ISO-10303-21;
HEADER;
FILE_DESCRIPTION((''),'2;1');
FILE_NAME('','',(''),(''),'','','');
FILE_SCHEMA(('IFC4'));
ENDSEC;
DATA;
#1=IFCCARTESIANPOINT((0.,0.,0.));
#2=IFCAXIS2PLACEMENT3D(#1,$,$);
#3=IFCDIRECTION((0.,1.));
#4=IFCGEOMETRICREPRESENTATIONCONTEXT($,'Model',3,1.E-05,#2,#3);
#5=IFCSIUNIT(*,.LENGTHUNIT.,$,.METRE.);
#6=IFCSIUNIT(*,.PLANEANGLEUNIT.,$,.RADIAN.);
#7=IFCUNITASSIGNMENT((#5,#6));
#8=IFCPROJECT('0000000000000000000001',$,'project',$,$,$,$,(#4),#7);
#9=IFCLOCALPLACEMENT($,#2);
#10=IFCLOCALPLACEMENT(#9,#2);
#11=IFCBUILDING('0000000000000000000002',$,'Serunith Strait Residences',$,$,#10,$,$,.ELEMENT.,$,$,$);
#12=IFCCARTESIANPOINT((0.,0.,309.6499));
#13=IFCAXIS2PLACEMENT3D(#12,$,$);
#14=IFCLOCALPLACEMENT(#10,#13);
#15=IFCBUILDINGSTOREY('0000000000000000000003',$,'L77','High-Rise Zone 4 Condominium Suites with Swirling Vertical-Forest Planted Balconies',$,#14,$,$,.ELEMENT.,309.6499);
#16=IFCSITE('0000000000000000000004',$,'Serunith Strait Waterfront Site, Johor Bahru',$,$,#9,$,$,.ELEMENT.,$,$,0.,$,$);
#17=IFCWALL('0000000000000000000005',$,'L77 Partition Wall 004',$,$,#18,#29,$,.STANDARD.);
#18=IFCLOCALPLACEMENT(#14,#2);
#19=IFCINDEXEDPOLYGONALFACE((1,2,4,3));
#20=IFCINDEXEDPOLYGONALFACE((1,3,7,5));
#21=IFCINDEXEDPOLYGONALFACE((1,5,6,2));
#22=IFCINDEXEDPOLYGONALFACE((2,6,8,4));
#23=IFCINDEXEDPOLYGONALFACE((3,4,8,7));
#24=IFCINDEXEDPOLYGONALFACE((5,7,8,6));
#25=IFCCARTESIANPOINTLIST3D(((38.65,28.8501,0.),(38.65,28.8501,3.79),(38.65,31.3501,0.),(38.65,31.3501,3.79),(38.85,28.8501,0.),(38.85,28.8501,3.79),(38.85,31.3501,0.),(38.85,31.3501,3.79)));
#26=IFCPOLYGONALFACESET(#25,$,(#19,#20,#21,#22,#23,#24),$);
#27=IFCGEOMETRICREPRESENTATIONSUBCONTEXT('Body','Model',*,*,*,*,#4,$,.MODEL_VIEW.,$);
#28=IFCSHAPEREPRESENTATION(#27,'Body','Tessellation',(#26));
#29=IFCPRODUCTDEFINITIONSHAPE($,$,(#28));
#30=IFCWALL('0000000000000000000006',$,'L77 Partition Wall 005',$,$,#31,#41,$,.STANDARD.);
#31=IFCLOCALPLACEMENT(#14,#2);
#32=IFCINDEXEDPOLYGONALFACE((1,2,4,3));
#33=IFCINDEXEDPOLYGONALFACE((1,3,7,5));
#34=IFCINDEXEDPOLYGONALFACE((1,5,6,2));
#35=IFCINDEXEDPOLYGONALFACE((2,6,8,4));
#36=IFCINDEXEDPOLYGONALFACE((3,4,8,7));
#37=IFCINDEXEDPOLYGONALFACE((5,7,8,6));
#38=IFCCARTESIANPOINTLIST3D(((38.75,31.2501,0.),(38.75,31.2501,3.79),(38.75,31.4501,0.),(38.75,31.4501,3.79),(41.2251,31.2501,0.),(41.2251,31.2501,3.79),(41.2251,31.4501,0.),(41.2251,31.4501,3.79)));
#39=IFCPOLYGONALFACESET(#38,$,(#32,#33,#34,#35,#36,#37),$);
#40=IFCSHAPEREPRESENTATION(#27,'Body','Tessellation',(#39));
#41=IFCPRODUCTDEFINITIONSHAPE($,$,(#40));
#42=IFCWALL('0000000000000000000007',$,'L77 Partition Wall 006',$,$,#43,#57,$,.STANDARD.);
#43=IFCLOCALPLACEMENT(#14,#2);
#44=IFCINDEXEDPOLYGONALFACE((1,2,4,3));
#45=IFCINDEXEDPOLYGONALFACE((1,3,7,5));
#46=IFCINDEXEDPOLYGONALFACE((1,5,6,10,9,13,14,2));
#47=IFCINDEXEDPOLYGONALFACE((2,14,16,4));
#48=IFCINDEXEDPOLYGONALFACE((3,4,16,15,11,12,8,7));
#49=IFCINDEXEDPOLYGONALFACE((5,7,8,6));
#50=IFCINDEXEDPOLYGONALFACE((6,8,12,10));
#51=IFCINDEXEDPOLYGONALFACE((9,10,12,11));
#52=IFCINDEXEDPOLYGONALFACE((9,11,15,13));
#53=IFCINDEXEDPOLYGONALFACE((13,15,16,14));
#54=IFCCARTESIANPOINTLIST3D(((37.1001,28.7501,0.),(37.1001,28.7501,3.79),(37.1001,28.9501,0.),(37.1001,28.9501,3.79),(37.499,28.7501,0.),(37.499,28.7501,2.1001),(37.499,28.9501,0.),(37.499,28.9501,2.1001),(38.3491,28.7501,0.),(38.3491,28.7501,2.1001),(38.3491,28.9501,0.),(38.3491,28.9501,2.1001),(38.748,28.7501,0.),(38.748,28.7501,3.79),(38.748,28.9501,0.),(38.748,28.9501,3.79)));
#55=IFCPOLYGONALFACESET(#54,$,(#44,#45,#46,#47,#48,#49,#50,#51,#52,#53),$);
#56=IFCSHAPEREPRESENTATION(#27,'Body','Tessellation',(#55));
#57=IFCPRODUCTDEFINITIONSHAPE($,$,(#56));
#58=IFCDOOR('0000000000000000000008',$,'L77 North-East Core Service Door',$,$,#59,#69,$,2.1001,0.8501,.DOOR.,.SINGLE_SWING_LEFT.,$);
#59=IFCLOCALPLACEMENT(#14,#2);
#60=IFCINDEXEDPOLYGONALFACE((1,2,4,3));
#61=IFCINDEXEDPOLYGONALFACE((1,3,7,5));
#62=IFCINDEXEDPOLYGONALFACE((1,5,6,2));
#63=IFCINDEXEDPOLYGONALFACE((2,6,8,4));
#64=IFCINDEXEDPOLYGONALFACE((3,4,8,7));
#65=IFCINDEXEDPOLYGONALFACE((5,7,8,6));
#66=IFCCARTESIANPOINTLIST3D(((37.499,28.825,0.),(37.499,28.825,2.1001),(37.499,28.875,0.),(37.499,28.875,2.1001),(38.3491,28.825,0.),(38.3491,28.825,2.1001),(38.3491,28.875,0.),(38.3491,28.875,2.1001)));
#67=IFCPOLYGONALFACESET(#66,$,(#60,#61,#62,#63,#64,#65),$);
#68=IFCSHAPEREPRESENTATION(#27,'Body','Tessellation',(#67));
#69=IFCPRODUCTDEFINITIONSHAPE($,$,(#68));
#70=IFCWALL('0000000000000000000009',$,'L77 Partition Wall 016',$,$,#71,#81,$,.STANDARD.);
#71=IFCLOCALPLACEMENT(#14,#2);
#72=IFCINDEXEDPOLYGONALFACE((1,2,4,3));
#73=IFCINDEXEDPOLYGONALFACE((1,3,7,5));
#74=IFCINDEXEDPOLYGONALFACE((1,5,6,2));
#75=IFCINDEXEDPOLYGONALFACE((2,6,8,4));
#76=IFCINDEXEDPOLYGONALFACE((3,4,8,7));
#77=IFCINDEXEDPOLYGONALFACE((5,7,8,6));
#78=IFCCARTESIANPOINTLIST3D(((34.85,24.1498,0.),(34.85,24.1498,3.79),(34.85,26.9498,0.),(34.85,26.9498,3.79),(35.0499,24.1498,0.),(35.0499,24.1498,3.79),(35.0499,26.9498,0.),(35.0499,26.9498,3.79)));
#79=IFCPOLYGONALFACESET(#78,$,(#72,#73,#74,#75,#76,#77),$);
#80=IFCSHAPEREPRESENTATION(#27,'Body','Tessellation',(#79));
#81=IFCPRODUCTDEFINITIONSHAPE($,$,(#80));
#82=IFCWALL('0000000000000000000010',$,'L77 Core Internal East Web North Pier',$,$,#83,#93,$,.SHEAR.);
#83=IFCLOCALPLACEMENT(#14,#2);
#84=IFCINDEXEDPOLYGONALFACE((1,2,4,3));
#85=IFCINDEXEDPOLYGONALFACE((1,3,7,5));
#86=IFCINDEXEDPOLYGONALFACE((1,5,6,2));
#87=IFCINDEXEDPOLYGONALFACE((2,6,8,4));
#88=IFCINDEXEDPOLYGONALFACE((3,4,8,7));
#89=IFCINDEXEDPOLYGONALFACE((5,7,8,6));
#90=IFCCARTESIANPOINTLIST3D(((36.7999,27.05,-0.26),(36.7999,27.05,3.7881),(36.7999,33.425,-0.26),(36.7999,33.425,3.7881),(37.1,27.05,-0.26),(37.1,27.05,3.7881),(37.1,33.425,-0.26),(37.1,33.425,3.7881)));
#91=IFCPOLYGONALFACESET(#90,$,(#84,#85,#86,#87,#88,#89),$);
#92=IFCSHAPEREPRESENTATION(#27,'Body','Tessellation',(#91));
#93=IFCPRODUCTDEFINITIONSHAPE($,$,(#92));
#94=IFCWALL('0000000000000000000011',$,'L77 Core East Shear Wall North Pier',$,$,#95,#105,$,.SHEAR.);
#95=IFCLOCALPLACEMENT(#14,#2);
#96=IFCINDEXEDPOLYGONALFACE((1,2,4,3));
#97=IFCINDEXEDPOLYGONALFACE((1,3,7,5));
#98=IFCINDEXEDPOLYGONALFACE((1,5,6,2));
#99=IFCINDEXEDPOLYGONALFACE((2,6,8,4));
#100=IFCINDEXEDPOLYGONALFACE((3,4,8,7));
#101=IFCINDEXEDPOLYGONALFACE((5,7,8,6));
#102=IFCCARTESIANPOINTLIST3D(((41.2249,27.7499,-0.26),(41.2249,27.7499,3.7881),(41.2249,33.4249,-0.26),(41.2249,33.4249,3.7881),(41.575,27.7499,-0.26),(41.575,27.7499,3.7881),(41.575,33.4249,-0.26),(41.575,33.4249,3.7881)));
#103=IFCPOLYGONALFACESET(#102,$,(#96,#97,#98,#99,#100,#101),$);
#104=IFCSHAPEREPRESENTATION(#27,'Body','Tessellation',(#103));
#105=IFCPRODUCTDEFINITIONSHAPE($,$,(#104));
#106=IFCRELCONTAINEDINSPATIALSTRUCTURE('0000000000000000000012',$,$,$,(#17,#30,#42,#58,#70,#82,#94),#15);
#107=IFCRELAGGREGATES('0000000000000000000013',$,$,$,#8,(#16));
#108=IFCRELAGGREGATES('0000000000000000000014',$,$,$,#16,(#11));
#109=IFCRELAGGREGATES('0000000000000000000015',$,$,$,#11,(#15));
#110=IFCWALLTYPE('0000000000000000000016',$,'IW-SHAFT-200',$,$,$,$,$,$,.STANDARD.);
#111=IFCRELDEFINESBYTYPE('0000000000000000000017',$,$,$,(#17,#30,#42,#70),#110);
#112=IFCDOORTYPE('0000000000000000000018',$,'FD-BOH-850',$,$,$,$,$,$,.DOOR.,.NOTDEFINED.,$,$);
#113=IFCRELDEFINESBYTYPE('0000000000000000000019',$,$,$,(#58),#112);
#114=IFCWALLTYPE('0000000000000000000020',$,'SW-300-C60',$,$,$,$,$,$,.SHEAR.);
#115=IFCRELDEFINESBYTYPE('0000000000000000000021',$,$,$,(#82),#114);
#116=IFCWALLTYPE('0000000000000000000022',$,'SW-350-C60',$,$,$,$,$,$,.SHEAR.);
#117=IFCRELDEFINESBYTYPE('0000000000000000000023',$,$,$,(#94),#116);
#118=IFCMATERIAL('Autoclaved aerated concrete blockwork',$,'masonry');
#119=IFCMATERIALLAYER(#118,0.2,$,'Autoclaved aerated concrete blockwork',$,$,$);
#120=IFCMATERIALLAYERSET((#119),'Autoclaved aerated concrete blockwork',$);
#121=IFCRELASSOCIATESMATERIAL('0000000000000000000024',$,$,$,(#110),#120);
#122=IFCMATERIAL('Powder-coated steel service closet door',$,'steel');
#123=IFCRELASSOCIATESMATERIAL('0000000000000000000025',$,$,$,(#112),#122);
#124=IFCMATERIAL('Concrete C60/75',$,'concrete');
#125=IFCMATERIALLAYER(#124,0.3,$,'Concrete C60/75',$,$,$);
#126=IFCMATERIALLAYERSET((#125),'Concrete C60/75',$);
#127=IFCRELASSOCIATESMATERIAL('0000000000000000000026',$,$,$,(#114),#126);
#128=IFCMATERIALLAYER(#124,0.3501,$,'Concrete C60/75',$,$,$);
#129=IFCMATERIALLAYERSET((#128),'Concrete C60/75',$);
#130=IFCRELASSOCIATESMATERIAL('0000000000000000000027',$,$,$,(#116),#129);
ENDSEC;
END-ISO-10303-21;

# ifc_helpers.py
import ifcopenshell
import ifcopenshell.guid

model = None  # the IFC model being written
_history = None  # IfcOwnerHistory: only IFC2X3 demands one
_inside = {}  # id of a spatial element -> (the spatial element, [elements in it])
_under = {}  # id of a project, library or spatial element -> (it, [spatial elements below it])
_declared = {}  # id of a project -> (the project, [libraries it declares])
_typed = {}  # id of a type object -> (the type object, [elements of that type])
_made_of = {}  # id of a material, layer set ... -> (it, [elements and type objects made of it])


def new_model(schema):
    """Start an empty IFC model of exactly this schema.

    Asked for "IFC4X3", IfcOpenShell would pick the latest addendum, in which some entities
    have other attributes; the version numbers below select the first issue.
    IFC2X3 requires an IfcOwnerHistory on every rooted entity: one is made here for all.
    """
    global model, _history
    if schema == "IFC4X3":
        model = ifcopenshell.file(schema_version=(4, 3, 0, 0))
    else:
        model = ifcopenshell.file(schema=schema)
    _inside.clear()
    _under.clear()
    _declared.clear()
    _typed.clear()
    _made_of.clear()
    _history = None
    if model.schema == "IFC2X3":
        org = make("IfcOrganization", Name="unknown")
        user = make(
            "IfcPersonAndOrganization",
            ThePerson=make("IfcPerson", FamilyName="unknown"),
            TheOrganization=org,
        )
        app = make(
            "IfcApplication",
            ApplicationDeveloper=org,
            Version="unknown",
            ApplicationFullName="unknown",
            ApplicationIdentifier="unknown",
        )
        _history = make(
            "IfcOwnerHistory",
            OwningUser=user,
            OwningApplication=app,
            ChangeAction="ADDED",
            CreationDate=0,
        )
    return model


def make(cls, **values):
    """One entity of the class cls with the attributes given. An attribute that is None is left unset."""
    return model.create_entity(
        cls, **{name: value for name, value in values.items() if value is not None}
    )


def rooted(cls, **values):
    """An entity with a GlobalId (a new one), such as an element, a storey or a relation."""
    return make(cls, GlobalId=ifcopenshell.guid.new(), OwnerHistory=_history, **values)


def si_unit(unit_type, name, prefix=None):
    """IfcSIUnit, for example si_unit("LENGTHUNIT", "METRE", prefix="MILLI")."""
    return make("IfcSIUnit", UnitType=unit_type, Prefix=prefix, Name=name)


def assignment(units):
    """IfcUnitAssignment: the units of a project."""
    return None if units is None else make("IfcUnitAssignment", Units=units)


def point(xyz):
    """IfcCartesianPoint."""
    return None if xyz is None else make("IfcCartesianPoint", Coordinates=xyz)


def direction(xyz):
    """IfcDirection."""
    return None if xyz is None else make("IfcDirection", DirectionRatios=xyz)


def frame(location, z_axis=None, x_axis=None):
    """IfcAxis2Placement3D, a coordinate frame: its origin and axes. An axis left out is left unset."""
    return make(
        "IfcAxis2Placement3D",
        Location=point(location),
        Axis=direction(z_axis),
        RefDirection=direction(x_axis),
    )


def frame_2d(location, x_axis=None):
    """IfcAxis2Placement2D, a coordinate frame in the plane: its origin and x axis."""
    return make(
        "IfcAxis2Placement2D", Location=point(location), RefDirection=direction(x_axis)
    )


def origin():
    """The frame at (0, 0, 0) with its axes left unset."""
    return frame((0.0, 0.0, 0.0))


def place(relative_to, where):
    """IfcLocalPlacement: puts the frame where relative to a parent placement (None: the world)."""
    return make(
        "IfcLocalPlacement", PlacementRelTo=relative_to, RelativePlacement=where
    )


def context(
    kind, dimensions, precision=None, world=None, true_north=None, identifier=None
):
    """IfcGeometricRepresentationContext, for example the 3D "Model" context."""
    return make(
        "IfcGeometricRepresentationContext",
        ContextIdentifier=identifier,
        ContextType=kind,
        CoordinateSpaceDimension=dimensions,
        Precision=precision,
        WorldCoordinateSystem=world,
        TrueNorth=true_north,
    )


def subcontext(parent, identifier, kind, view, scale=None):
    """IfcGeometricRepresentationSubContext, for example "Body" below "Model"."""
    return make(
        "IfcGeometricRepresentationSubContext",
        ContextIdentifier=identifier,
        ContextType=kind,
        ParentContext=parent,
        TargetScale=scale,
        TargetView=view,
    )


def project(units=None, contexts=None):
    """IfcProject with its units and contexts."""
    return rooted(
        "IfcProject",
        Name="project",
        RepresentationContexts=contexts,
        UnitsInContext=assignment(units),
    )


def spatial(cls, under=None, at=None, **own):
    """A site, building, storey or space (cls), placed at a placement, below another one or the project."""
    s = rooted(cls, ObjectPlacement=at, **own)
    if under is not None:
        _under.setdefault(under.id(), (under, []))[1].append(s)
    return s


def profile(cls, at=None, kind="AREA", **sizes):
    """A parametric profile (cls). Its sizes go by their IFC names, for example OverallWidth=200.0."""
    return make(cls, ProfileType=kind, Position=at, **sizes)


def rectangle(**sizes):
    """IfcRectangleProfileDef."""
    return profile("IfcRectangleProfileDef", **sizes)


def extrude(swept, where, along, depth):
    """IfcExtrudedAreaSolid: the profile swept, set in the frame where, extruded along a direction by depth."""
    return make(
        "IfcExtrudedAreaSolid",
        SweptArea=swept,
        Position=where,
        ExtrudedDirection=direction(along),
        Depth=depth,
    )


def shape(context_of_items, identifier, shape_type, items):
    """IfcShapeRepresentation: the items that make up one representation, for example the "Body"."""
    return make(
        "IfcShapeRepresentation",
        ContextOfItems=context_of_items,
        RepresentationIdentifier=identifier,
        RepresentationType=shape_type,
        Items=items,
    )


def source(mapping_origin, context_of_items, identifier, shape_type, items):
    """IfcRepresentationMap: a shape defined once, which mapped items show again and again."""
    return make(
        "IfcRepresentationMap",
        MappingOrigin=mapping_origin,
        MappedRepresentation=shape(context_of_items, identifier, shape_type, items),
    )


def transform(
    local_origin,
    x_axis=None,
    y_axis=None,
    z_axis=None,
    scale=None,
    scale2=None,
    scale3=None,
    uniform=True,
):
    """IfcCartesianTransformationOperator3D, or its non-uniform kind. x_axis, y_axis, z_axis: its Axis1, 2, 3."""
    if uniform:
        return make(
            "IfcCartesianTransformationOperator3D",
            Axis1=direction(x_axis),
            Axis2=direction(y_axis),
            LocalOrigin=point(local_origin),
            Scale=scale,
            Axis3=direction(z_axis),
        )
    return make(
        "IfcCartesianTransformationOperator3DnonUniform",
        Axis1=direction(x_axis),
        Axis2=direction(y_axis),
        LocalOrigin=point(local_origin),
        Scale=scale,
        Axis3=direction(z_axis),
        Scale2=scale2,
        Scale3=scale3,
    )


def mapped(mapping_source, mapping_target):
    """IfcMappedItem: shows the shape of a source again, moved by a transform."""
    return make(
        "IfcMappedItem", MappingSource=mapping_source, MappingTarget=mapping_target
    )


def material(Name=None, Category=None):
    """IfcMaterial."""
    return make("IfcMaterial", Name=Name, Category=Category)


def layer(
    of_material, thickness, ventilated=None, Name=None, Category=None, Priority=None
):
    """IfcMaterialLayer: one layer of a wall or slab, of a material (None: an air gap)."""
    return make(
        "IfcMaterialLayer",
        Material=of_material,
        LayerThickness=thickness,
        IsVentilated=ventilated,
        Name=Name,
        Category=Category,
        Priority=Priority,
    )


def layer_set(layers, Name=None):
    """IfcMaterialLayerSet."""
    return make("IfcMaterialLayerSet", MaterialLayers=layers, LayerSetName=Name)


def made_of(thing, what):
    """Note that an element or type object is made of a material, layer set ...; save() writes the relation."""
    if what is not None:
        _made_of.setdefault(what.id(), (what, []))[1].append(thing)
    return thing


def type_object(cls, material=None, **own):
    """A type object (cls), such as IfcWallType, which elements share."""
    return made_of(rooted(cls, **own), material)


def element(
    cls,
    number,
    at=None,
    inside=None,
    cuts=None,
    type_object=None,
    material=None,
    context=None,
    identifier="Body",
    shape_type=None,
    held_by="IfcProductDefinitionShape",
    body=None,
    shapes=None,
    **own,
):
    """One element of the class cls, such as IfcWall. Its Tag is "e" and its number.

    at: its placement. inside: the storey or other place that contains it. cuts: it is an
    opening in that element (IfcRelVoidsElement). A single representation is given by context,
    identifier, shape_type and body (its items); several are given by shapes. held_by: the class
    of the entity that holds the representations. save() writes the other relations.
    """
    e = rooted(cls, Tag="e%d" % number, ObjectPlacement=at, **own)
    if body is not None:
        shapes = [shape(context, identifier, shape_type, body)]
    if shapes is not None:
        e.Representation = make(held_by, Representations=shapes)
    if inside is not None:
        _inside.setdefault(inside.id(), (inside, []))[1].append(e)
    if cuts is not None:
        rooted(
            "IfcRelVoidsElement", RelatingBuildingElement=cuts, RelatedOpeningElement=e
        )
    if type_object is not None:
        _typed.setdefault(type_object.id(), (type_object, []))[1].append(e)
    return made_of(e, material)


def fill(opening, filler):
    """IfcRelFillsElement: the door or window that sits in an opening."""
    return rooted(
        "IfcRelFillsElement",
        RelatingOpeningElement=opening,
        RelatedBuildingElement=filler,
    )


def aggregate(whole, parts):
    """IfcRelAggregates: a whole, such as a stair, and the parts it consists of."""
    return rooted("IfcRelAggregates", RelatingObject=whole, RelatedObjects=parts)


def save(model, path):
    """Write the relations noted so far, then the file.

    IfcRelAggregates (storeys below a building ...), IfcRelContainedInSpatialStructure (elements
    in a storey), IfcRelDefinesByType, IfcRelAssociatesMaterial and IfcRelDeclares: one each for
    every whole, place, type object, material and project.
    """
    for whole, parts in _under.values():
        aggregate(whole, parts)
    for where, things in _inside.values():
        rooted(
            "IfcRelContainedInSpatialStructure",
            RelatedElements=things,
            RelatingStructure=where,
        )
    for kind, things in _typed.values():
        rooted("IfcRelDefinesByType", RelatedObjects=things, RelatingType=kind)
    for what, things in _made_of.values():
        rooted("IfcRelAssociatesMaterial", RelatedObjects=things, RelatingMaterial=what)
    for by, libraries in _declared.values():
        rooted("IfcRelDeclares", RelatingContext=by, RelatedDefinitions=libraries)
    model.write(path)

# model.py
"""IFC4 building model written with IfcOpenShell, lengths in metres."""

from ifc_helpers import new_model, si_unit, direction, frame, frame_2d, origin, place, context, subcontext, project, spatial, rectangle, extrude, source, transform, mapped, material, layer, layer_set, type_object, element, fill, save


model = new_model("IFC4")

# Units and contexts
model_context = context("Model", 3, precision=1e-05, world=origin(), true_north=direction((0.0, 1.0)))
body_context = subcontext(model_context, "Body", "Model", "MODEL_VIEW")
ifc_project = project(units=[si_unit("LENGTHUNIT", "METRE"), si_unit("PLANEANGLEUNIT", "RADIAN")], contexts=[model_context])

# Site, building, storey
site_placement = place(None, origin())
site = spatial("IfcSite", under=ifc_project, at=site_placement, Name="Serunith Strait Waterfront Site, Johor Bahru", CompositionType="ELEMENT", RefElevation=0.0)
building_placement = place(site_placement, origin())
building = spatial("IfcBuilding", under=site, at=building_placement, Name="Serunith Strait Residences", CompositionType="ELEMENT")
storey_placement = place(building_placement, frame((0.0, 0.0, 309.6499)))
storey = spatial("IfcBuildingStorey", under=building, at=storey_placement, Name="L77", Description="High-Rise Zone 4 Condominium Suites with Swirling Vertical-Forest Planted Balconies", CompositionType="ELEMENT", Elevation=309.6499)

# Shared definitions
ifc_material_1 = material(Name="Autoclaved aerated concrete blockwork", Category="masonry")
ifc_layer_1 = layer(ifc_material_1, 0.2, Name="Autoclaved aerated concrete blockwork")
ifc_layer_set_1 = layer_set([ifc_layer_1], Name="Autoclaved aerated concrete blockwork")
wall_type_1 = type_object("IfcWallType", Name="IW-SHAFT-200", PredefinedType="STANDARD", material=ifc_layer_set_1)

# Walls
wall_1_placement = place(storey_placement, frame((38.75, 28.8501, 0.0), z_axis=(0.0, 0.0, 1.0), x_axis=(0.0, 1.0, 0.0)))
element("IfcWall", 1, at=wall_1_placement, inside=storey, type_object=wall_type_1, Name="L77 Partition Wall 004", PredefinedType="STANDARD", context=body_context, shape_type="SweptSolid", body=[
    extrude(rectangle(XDim=2.5, YDim=0.2, at=frame_2d((1.25, 0.0))), origin(), (0.0, 0.0, 1.0), 3.79),
])
wall_2_placement = place(storey_placement, frame((38.75, 31.3501, 0.0), z_axis=(0.0, 0.0, 1.0), x_axis=(1.0, 0.0, 0.0)))
element("IfcWall", 2, at=wall_2_placement, inside=storey, type_object=wall_type_1, Name="L77 Partition Wall 005", PredefinedType="STANDARD", context=body_context, shape_type="SweptSolid", body=[
    extrude(rectangle(XDim=2.4751, YDim=0.2, at=frame_2d((1.2375, 0.0))), origin(), (0.0, 0.0, 1.0), 3.79),
])

# Wall, opening, door
wall_3_placement = place(storey_placement, frame((37.1001, 28.8501, 0.0), z_axis=(0.0, 0.0, 1.0), x_axis=(1.0, 0.0, 0.0)))
wall_3 = element("IfcWall", 3, at=wall_3_placement, inside=storey, type_object=wall_type_1, Name="L77 Partition Wall 006", PredefinedType="STANDARD", context=body_context, shape_type="SweptSolid", body=[
    extrude(rectangle(XDim=1.6479, YDim=0.2, at=frame_2d((0.824, 0.0))), origin(), (0.0, 0.0, 1.0), 3.79),
])
opening_1_placement = place(wall_3_placement, frame((0.3989, 0.0, 0.0)))
opening_1 = element("IfcOpeningElement", 4, at=opening_1_placement, cuts=wall_3, PredefinedType="OPENING", context=body_context, shape_type="SweptSolid", body=[
    extrude(rectangle(XDim=0.8501, YDim=2.1001, at=frame_2d((0.425, 1.05))), frame((0.0, 0.1099, 0.0), z_axis=(0.0, -1.0, 0.0), x_axis=(1.0, 0.0, 0.0)), (0.0, 0.0, 1.0), 0.22),
])
ifc_material_2 = material(Name="Powder-coated steel service closet door", Category="steel")
door_type_1 = type_object("IfcDoorType", Name="FD-BOH-850", OperationType="NOTDEFINED", PredefinedType="DOOR", material=ifc_material_2)
shared_shape_1 = source(origin(), body_context, "Body", "SweptSolid", [
    extrude(rectangle(XDim=0.8501, YDim=2.1001, at=frame_2d((0.425, 1.05))), frame((0.0, 0.0249, 0.0), z_axis=(0.0, -1.0, 0.0), x_axis=(1.0, 0.0, 0.0)), (0.0, 0.0, 1.0), 0.05),
])
door_1_placement = place(opening_1_placement, origin())
door_1 = element("IfcDoor", 5, at=door_1_placement, inside=storey, type_object=door_type_1, Name="L77 North-East Core Service Door", OperationType="SINGLE_SWING_LEFT", OverallHeight=2.1001, OverallWidth=0.8501, PredefinedType="DOOR", context=body_context, shape_type="MappedRepresentation", body=[
    mapped(shared_shape_1, transform((0.0, 0.0, 0.0), scale=1.0)),
])
fill(opening_1, door_1)

# Walls
wall_4_placement = place(storey_placement, frame((34.95, 24.1499, 0.0), z_axis=(0.0, 0.0, 1.0), x_axis=(0.0, 1.0, 0.0)))
element("IfcWall", 6, at=wall_4_placement, inside=storey, type_object=wall_type_1, Name="L77 Partition Wall 016", PredefinedType="STANDARD", context=body_context, shape_type="SweptSolid", body=[
    extrude(rectangle(XDim=2.8, YDim=0.2, at=frame_2d((1.3999, 0.0))), origin(), (0.0, 0.0, 1.0), 3.79),
])
ifc_material_3 = material(Name="Concrete C60/75", Category="concrete")
ifc_layer_2 = layer(ifc_material_3, 0.3, Name="Concrete C60/75")
ifc_layer_set_2 = layer_set([ifc_layer_2], Name="Concrete C60/75")
wall_type_2 = type_object("IfcWallType", Name="SW-300-C60", PredefinedType="SHEAR", material=ifc_layer_set_2)
wall_5_placement = place(storey_placement, frame((36.95, 27.05, -0.26), z_axis=(0.0, 0.0, 1.0), x_axis=(0.0, 1.0, 0.0)))
element("IfcWall", 7, at=wall_5_placement, inside=storey, type_object=wall_type_2, Name="L77 Core Internal East Web North Pier", PredefinedType="SHEAR", context=body_context, shape_type="SweptSolid", body=[
    extrude(rectangle(XDim=6.375, YDim=0.3, at=frame_2d((3.1875, 0.0))), origin(), (0.0, 0.0, 1.0), 4.0481),
])
ifc_layer_3 = layer(ifc_material_3, 0.3501, Name="Concrete C60/75")
ifc_layer_set_3 = layer_set([ifc_layer_3], Name="Concrete C60/75")
wall_type_3 = type_object("IfcWallType", Name="SW-350-C60", PredefinedType="SHEAR", material=ifc_layer_set_3)
wall_6_placement = place(storey_placement, frame((41.3999, 27.75, -0.26), z_axis=(0.0, 0.0, 1.0), x_axis=(0.0, 1.0, 0.0)))
element("IfcWall", 8, at=wall_6_placement, inside=storey, type_object=wall_type_3, Name="L77 Core East Shear Wall North Pier", PredefinedType="SHEAR", context=body_context, shape_type="SweptSolid", body=[
    extrude(rectangle(XDim=5.675, YDim=0.3501, at=frame_2d((2.8374, 0.0))), origin(), (0.0, 0.0, 1.0), 4.0481),
])

save(model, "model.ifc")
